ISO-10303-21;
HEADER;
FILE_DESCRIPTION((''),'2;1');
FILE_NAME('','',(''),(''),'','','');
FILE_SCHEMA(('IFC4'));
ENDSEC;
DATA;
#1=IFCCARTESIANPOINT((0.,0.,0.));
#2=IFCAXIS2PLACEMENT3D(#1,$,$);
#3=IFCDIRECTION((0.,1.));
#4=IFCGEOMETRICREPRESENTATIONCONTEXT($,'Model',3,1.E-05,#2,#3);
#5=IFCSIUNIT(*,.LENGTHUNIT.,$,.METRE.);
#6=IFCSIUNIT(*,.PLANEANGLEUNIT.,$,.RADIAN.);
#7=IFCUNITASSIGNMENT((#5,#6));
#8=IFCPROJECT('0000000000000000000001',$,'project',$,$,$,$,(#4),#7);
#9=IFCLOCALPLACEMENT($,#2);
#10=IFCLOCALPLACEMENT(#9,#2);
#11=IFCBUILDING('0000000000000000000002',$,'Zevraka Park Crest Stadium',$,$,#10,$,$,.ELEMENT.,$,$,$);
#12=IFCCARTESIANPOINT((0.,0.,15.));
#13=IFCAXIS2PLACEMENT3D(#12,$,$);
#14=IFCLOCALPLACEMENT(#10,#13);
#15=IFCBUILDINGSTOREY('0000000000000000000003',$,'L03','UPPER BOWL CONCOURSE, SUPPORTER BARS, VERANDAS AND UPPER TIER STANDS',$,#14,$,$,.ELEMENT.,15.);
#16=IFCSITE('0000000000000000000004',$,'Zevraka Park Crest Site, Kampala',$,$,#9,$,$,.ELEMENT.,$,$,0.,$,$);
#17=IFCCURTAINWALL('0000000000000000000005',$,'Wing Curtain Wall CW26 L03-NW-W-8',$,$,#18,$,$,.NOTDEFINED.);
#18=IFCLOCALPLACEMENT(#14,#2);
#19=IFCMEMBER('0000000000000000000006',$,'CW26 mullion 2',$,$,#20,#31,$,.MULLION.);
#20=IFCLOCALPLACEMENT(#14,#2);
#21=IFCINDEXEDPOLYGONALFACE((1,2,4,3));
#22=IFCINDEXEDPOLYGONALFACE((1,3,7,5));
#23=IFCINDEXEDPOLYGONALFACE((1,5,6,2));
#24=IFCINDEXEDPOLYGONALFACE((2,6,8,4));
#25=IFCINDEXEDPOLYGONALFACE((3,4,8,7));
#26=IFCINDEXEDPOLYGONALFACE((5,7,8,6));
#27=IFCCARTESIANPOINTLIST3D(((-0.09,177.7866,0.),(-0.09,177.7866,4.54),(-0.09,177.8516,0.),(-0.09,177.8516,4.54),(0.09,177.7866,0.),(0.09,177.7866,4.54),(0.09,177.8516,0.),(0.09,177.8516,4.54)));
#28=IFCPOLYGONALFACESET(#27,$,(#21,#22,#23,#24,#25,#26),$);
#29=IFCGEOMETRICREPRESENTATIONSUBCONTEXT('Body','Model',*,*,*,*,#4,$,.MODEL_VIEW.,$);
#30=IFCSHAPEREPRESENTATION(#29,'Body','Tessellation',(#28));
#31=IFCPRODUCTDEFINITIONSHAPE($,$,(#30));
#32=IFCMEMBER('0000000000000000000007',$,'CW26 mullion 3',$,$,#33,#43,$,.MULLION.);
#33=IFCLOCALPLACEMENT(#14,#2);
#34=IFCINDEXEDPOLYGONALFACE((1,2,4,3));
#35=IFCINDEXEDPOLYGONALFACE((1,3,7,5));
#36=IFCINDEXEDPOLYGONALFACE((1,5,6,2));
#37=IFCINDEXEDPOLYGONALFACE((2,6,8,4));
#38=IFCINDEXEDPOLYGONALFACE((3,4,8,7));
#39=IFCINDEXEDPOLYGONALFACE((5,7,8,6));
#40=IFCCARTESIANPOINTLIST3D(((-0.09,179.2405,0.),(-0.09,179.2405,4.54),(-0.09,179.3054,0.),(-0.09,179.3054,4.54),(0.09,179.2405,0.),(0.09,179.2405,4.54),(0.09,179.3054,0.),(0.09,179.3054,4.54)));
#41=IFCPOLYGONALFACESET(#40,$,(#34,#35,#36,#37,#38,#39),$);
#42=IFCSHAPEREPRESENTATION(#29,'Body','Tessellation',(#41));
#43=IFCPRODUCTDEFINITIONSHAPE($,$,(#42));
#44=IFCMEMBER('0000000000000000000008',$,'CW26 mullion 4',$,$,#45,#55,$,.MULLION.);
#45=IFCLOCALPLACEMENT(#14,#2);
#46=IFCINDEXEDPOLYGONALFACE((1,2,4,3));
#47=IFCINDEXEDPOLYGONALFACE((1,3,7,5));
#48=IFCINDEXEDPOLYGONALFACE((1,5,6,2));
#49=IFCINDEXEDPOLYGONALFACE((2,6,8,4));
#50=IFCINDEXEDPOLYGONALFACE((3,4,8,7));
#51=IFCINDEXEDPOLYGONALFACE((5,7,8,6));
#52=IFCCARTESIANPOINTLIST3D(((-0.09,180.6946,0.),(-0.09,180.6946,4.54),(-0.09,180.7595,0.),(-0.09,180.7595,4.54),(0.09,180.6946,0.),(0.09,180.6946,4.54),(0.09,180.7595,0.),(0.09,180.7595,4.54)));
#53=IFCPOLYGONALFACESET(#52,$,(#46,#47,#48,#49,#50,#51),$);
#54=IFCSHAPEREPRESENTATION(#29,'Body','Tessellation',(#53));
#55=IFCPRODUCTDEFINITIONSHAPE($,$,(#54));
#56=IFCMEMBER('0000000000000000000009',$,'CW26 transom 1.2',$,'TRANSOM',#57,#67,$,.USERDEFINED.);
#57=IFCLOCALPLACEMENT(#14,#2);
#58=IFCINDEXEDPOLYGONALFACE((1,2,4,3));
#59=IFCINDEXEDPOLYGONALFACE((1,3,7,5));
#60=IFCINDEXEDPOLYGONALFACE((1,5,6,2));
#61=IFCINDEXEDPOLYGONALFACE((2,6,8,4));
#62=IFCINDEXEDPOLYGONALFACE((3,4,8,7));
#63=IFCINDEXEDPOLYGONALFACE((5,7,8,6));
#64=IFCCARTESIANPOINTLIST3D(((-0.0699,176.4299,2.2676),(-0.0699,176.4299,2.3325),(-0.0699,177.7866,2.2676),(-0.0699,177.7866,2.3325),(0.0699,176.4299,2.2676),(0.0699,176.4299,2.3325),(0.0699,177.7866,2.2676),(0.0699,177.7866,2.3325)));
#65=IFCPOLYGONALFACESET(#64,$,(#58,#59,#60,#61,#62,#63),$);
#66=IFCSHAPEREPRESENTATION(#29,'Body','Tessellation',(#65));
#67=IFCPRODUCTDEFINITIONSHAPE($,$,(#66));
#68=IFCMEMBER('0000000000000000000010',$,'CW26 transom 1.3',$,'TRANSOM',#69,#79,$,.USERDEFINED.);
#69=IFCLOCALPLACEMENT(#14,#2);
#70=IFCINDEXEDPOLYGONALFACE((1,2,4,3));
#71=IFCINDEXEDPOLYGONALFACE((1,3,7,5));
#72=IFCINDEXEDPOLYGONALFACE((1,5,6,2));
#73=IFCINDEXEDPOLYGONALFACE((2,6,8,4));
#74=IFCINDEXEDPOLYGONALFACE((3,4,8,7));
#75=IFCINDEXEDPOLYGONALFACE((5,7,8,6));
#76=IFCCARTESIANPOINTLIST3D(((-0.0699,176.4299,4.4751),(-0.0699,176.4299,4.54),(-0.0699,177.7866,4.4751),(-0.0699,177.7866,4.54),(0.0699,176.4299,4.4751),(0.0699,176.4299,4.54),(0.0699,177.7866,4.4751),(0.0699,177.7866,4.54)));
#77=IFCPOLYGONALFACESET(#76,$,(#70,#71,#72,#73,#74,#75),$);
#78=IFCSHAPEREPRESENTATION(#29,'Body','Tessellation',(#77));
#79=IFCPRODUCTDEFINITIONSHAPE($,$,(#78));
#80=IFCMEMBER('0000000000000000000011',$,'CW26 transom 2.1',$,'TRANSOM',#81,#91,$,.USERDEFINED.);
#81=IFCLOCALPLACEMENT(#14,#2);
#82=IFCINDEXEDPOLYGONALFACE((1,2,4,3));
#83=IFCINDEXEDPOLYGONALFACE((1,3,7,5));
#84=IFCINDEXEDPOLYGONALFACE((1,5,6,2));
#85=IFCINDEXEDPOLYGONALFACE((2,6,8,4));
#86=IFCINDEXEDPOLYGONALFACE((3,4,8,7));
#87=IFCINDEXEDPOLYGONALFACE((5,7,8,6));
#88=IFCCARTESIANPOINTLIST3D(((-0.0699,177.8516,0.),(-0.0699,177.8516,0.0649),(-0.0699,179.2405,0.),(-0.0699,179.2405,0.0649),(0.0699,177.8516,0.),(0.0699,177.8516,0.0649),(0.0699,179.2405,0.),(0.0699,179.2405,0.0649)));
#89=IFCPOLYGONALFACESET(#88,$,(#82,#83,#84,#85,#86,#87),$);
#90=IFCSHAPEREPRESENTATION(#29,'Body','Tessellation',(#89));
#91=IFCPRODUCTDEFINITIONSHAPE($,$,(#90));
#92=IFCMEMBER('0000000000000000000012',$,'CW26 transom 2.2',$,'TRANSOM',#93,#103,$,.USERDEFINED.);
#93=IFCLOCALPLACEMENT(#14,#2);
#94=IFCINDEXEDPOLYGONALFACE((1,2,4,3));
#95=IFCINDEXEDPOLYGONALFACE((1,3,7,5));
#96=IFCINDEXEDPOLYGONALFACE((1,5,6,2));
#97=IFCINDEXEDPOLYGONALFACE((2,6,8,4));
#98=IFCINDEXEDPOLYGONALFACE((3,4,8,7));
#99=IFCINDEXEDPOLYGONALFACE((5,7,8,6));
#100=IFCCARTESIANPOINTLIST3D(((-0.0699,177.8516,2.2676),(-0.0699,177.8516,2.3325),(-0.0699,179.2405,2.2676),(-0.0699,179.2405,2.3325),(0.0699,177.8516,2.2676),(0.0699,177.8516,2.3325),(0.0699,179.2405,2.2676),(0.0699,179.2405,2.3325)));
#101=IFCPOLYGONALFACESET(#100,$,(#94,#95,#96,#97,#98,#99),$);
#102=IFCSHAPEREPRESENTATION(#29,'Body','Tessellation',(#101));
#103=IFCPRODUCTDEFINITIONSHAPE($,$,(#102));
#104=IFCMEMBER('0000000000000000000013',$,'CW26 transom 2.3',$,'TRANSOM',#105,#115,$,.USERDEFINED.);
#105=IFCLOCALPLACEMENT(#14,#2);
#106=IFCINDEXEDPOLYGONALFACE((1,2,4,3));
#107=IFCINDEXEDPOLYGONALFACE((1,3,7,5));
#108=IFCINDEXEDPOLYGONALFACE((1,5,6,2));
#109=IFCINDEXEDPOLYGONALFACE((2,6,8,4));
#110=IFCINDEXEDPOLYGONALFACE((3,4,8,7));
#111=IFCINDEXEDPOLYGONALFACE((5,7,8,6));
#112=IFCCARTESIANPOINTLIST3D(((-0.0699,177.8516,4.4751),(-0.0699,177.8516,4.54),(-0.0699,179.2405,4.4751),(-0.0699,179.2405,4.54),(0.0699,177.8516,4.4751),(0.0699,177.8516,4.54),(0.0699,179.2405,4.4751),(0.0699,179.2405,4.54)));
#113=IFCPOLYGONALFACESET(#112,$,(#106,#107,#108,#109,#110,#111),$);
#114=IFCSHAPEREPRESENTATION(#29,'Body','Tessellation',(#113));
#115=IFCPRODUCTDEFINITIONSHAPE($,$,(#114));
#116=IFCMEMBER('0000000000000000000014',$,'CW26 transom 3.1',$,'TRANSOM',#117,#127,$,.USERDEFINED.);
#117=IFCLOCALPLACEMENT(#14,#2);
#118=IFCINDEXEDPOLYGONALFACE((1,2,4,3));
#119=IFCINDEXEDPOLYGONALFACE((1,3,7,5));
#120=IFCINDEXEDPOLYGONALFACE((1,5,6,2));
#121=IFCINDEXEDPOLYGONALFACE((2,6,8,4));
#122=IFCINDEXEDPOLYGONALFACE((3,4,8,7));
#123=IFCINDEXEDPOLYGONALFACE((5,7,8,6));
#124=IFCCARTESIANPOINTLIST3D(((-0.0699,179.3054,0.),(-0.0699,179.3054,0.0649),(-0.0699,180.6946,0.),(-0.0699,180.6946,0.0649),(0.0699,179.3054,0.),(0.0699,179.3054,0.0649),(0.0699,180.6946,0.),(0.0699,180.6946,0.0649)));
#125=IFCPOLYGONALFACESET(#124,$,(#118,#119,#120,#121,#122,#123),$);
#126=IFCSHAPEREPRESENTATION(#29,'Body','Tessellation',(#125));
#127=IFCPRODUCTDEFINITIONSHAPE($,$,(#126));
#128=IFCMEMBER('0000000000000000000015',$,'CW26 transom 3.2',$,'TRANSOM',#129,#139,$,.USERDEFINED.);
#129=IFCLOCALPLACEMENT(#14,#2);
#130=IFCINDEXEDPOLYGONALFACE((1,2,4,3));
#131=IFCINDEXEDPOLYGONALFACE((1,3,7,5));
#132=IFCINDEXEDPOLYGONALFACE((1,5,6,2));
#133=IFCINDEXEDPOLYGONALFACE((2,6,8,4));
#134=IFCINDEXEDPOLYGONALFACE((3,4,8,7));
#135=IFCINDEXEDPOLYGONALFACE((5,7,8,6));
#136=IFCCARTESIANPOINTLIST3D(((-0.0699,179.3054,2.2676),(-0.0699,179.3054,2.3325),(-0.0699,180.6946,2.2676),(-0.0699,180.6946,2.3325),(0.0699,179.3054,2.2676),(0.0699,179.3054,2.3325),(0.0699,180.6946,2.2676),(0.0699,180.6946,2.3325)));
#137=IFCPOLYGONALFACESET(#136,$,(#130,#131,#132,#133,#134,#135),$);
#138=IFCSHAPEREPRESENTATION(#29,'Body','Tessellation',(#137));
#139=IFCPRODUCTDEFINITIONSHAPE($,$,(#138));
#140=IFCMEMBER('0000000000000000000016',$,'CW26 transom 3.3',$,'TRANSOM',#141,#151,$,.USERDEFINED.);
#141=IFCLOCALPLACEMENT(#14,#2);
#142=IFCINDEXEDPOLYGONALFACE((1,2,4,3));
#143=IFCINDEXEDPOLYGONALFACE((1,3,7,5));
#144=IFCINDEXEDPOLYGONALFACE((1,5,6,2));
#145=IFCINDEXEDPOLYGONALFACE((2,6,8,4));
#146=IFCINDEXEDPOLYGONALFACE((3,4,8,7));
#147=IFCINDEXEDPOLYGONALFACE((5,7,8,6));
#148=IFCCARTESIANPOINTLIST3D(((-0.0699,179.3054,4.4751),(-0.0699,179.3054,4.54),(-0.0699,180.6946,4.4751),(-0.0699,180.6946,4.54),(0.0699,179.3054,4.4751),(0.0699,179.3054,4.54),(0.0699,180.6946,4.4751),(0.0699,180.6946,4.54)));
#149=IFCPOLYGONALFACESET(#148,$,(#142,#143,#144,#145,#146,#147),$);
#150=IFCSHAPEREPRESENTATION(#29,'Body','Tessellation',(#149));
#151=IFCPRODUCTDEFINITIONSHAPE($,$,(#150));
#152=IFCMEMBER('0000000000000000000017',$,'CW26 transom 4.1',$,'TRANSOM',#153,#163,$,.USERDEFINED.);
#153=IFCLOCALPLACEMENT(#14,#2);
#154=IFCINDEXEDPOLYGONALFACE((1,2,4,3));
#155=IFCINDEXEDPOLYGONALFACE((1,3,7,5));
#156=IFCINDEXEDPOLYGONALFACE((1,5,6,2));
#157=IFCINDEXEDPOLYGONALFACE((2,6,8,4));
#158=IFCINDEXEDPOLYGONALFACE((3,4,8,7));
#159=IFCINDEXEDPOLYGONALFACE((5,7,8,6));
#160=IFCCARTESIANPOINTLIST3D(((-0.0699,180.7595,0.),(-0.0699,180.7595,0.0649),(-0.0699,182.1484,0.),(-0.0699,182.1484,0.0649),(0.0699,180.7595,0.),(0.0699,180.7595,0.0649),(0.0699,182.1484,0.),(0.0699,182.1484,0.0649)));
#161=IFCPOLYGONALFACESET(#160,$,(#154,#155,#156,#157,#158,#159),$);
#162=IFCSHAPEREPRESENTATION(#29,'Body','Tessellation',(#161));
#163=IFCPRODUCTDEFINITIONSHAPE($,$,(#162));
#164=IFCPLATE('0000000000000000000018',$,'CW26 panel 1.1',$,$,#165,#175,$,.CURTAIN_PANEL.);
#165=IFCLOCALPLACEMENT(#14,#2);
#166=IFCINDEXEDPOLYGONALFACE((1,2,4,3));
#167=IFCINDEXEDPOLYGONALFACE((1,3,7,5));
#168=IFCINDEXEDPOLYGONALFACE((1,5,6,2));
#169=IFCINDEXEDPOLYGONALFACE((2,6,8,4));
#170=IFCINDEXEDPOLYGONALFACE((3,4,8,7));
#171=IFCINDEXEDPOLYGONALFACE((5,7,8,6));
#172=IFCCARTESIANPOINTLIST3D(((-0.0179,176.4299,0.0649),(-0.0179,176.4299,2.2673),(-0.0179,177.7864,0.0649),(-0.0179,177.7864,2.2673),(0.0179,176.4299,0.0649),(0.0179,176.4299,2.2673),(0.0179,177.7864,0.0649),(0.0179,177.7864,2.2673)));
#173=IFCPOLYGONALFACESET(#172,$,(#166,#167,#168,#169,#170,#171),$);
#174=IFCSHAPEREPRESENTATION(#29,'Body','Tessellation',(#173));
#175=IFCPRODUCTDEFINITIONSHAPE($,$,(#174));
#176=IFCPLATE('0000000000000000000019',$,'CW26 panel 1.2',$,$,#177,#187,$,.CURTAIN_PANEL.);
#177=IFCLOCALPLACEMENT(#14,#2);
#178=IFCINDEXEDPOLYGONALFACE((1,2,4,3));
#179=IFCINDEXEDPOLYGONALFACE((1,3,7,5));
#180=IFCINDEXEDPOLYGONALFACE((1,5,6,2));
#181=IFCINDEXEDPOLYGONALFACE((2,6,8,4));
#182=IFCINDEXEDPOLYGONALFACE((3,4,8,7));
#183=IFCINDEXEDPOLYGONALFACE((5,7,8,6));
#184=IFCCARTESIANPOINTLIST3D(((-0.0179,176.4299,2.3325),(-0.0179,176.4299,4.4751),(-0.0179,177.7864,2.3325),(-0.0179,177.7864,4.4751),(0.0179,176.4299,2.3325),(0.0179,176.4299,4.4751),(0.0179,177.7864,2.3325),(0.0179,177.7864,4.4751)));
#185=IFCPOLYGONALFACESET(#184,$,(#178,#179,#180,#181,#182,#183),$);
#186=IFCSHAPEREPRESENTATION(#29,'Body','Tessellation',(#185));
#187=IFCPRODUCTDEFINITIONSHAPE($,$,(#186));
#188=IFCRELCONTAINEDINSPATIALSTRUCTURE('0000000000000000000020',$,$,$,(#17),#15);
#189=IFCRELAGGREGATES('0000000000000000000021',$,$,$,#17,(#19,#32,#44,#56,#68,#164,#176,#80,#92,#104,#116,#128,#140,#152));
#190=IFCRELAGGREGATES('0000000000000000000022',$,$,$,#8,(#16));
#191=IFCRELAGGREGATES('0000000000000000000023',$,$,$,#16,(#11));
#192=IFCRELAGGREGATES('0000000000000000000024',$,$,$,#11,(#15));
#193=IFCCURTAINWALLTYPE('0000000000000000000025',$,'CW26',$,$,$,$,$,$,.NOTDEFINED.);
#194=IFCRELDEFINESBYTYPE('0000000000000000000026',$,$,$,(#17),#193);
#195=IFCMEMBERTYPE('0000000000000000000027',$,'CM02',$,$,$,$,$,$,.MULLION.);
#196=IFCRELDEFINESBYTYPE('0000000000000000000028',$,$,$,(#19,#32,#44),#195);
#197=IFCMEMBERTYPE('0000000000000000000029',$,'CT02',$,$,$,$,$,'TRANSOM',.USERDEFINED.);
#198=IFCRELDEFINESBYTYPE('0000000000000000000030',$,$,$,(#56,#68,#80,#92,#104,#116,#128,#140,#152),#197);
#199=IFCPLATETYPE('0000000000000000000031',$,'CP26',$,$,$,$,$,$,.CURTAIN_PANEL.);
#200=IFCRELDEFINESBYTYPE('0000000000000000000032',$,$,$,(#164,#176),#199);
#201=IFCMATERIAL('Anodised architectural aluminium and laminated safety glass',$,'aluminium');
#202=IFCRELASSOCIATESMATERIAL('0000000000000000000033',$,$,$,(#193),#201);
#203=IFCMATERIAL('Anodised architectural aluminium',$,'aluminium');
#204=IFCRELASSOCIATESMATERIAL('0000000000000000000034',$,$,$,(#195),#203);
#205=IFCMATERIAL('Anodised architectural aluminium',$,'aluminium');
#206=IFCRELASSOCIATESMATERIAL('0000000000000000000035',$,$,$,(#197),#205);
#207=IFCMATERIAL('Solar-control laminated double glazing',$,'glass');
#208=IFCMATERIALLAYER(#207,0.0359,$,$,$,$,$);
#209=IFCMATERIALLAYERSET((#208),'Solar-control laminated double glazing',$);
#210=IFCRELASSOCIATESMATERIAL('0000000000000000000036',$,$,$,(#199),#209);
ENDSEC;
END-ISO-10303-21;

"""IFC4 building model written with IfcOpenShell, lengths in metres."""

from ifc_helpers import new_model, si_unit, direction, frame, origin, origin_2d, place, context, subcontext, project, spatial, rectangle, extrude, material, layer, layer_set, material_profile, profile_set, type_object, element, aggregate, save


model = new_model("IFC4")

# Units and contexts
model_context = context("Model", 3, precision=1e-05, world=origin(), true_north=direction((0.0, 1.0)))
body_context = subcontext(model_context, "Body", "Model", "MODEL_VIEW")
ifc_project = project(units=[si_unit("LENGTHUNIT", "METRE"), si_unit("PLANEANGLEUNIT", "RADIAN")], contexts=[model_context])

# Site, building, storey
site_placement = place(None, origin())
site = spatial("IfcSite", under=ifc_project, at=site_placement, Name="Zevraka Park Crest Site, Kampala", CompositionType="ELEMENT", RefElevation=0.0)
building_placement = place(site_placement, origin())
building = spatial("IfcBuilding", under=site, at=building_placement, Name="Zevraka Park Crest Stadium", CompositionType="ELEMENT")
storey_placement = place(building_placement, frame((0.0, 0.0, 15.0)))
storey = spatial("IfcBuildingStorey", under=building, at=storey_placement, Name="L03", Description="UPPER BOWL CONCOURSE, SUPPORTER BARS, VERANDAS AND UPPER TIER STANDS", CompositionType="ELEMENT", Elevation=15.0)

# Curtain wall, members, plates
ifc_material_1 = material(Name="Anodised architectural aluminium and laminated safety glass", Category="aluminium")
curtain_wall_type = type_object("IfcCurtainWallType", Name="CW26", PredefinedType="NOTDEFINED", material=ifc_material_1)
curtain_wall_placement = place(storey_placement, origin())
curtain_wall = element("IfcCurtainWall", 1, at=curtain_wall_placement, inside=storey, type_object=curtain_wall_type, Name="Wing Curtain Wall CW26 L03-NW-W-8", PredefinedType="NOTDEFINED")
ifc_material_2 = material(Name="Anodised architectural aluminium", Category="aluminium")
ifc_material_profile_1 = material_profile(ifc_material_2, rectangle(XDim=0.1799, YDim=0.0649, at=origin_2d()), Name="ALU MULLION 180x65")
ifc_profile_set_1 = profile_set([ifc_material_profile_1], Name="Anodised architectural aluminium")
member_type_1 = type_object("IfcMemberType", Name="CM02", PredefinedType="MULLION", material=ifc_profile_set_1)
member_1_placement = place(storey_placement, frame((0.0, 177.8191, 0.0), z_axis=(0.0, 0.0, 1.0), x_axis=(-1.0, 0.0, 0.0)))
member_1 = element("IfcMember", 2, at=member_1_placement, type_object=member_type_1, Name="CW26 mullion 2", PredefinedType="MULLION", context=body_context, shape_type="SweptSolid", body=[
    extrude(rectangle(XDim=0.1799, YDim=0.0649, at=origin_2d()), origin(), (0.0, 0.0, 1.0), 4.54),
])
member_2_placement = place(storey_placement, frame((0.0, 179.2729, 0.0), z_axis=(0.0, 0.0, 1.0), x_axis=(-1.0, 0.0, 0.0)))
member_2 = element("IfcMember", 3, at=member_2_placement, type_object=member_type_1, Name="CW26 mullion 3", PredefinedType="MULLION", context=body_context, shape_type="SweptSolid", body=[
    extrude(rectangle(XDim=0.1799, YDim=0.0649, at=origin_2d()), origin(), (0.0, 0.0, 1.0), 4.54),
])
member_3_placement = place(storey_placement, frame((0.0, 180.7271, 0.0), z_axis=(0.0, 0.0, 1.0), x_axis=(-1.0, 0.0, 0.0)))
member_3 = element("IfcMember", 4, at=member_3_placement, type_object=member_type_1, Name="CW26 mullion 4", PredefinedType="MULLION", context=body_context, shape_type="SweptSolid", body=[
    extrude(rectangle(XDim=0.1799, YDim=0.0649, at=origin_2d()), origin(), (0.0, 0.0, 1.0), 4.54),
])
ifc_material_3 = material(Name="Anodised architectural aluminium", Category="aluminium")
ifc_material_profile_2 = material_profile(ifc_material_3, rectangle(XDim=0.1399, YDim=0.0649, at=origin_2d()), Name="ALU TRANSOM 140x65")
ifc_profile_set_2 = profile_set([ifc_material_profile_2], Name="Anodised architectural aluminium")
member_type_2 = type_object("IfcMemberType", Name="CT02", ElementType="TRANSOM", PredefinedType="USERDEFINED", material=ifc_profile_set_2)
member_4_placement = place(storey_placement, frame((0.0, 176.4299, 2.3), z_axis=(0.0, 1.0, 0.0), x_axis=(-1.0, 0.0, 0.0)))
member_4 = element("IfcMember", 5, at=member_4_placement, type_object=member_type_2, Name="CW26 transom 1.2", ObjectType="TRANSOM", PredefinedType="USERDEFINED", context=body_context, shape_type="SweptSolid", body=[
    extrude(rectangle(XDim=0.1399, YDim=0.0649, at=origin_2d()), origin(), (0.0, 0.0, 1.0), 1.3567),
])
member_5_placement = place(storey_placement, frame((0.0, 176.4299, 4.5076), z_axis=(0.0, 1.0, 0.0), x_axis=(-1.0, 0.0, 0.0)))
member_5 = element("IfcMember", 6, at=member_5_placement, type_object=member_type_2, Name="CW26 transom 1.3", ObjectType="TRANSOM", PredefinedType="USERDEFINED", context=body_context, shape_type="SweptSolid", body=[
    extrude(rectangle(XDim=0.1399, YDim=0.0649, at=origin_2d()), origin(), (0.0, 0.0, 1.0), 1.3567),
])
member_6_placement = place(storey_placement, frame((0.0, 177.8516, 0.0325), z_axis=(0.0, 1.0, 0.0), x_axis=(-1.0, 0.0, 0.0)))
member_6 = element("IfcMember", 7, at=member_6_placement, type_object=member_type_2, Name="CW26 transom 2.1", ObjectType="TRANSOM", PredefinedType="USERDEFINED", context=body_context, shape_type="SweptSolid", body=[
    extrude(rectangle(XDim=0.1399, YDim=0.0649, at=origin_2d()), origin(), (0.0, 0.0, 1.0), 1.3889),
])
member_7_placement = place(storey_placement, frame((0.0, 177.8516, 2.3), z_axis=(0.0, 1.0, 0.0), x_axis=(-1.0, 0.0, 0.0)))
member_7 = element("IfcMember", 8, at=member_7_placement, type_object=member_type_2, Name="CW26 transom 2.2", ObjectType="TRANSOM", PredefinedType="USERDEFINED", context=body_context, shape_type="SweptSolid", body=[
    extrude(rectangle(XDim=0.1399, YDim=0.0649, at=origin_2d()), origin(), (0.0, 0.0, 1.0), 1.3889),
])
member_8_placement = place(storey_placement, frame((0.0, 177.8516, 4.5076), z_axis=(0.0, 1.0, 0.0), x_axis=(-1.0, 0.0, 0.0)))
member_8 = element("IfcMember", 9, at=member_8_placement, type_object=member_type_2, Name="CW26 transom 2.3", ObjectType="TRANSOM", PredefinedType="USERDEFINED", context=body_context, shape_type="SweptSolid", body=[
    extrude(rectangle(XDim=0.1399, YDim=0.0649, at=origin_2d()), origin(), (0.0, 0.0, 1.0), 1.3889),
])
member_9_placement = place(storey_placement, frame((0.0, 179.3054, 0.0325), z_axis=(0.0, 1.0, 0.0), x_axis=(-1.0, 0.0, 0.0)))
member_9 = element("IfcMember", 10, at=member_9_placement, type_object=member_type_2, Name="CW26 transom 3.1", ObjectType="TRANSOM", PredefinedType="USERDEFINED", context=body_context, shape_type="SweptSolid", body=[
    extrude(rectangle(XDim=0.1399, YDim=0.0649, at=origin_2d()), origin(), (0.0, 0.0, 1.0), 1.3892),
])
member_10_placement = place(storey_placement, frame((0.0, 179.3054, 2.3), z_axis=(0.0, 1.0, 0.0), x_axis=(-1.0, 0.0, 0.0)))
member_10 = element("IfcMember", 11, at=member_10_placement, type_object=member_type_2, Name="CW26 transom 3.2", ObjectType="TRANSOM", PredefinedType="USERDEFINED", context=body_context, shape_type="SweptSolid", body=[
    extrude(rectangle(XDim=0.1399, YDim=0.0649, at=origin_2d()), origin(), (0.0, 0.0, 1.0), 1.3892),
])
member_11_placement = place(storey_placement, frame((0.0, 179.3054, 4.5076), z_axis=(0.0, 1.0, 0.0), x_axis=(-1.0, 0.0, 0.0)))
member_11 = element("IfcMember", 12, at=member_11_placement, type_object=member_type_2, Name="CW26 transom 3.3", ObjectType="TRANSOM", PredefinedType="USERDEFINED", context=body_context, shape_type="SweptSolid", body=[
    extrude(rectangle(XDim=0.1399, YDim=0.0649, at=origin_2d()), origin(), (0.0, 0.0, 1.0), 1.3892),
])
member_12_placement = place(storey_placement, frame((0.0, 180.7595, 0.0325), z_axis=(0.0, 1.0, 0.0), x_axis=(-1.0, 0.0, 0.0)))
member_12 = element("IfcMember", 13, at=member_12_placement, type_object=member_type_2, Name="CW26 transom 4.1", ObjectType="TRANSOM", PredefinedType="USERDEFINED", context=body_context, shape_type="SweptSolid", body=[
    extrude(rectangle(XDim=0.1399, YDim=0.0649, at=origin_2d()), origin(), (0.0, 0.0, 1.0), 1.3889),
])
ifc_material_4 = material(Name="Solar-control laminated double glazing", Category="glass")
ifc_layer_1 = layer(ifc_material_4, 0.0359)
ifc_layer_set_1 = layer_set([ifc_layer_1], Name="Solar-control laminated double glazing")
plate_type = type_object("IfcPlateType", Name="CP26", PredefinedType="CURTAIN_PANEL", material=ifc_layer_set_1)
plate_1_placement = place(storey_placement, frame((0.0, 177.1082, 0.0649), z_axis=(0.0, 0.0, 1.0), x_axis=(0.0, 1.0, 0.0)))
plate_1 = element("IfcPlate", 14, at=plate_1_placement, type_object=plate_type, Name="CW26 panel 1.1", PredefinedType="CURTAIN_PANEL", context=body_context, shape_type="SweptSolid", body=[
    extrude(rectangle(XDim=1.3564, YDim=0.0359, at=origin_2d()), origin(), (0.0, 0.0, 1.0), 2.2024),
])
plate_2_placement = place(storey_placement, frame((0.0, 177.1082, 2.3325), z_axis=(0.0, 0.0, 1.0), x_axis=(0.0, 1.0, 0.0)))
plate_2 = element("IfcPlate", 15, at=plate_2_placement, type_object=plate_type, Name="CW26 panel 1.2", PredefinedType="CURTAIN_PANEL", context=body_context, shape_type="SweptSolid", body=[
    extrude(rectangle(XDim=1.3564, YDim=0.0359, at=origin_2d()), origin(), (0.0, 0.0, 1.0), 2.1426),
])
aggregate(curtain_wall, [member_1, member_2, member_3, member_4, member_5, plate_1, plate_2, member_6, member_7, member_8, member_9, member_10, member_11, member_12])

save(model, "model.ifc")
